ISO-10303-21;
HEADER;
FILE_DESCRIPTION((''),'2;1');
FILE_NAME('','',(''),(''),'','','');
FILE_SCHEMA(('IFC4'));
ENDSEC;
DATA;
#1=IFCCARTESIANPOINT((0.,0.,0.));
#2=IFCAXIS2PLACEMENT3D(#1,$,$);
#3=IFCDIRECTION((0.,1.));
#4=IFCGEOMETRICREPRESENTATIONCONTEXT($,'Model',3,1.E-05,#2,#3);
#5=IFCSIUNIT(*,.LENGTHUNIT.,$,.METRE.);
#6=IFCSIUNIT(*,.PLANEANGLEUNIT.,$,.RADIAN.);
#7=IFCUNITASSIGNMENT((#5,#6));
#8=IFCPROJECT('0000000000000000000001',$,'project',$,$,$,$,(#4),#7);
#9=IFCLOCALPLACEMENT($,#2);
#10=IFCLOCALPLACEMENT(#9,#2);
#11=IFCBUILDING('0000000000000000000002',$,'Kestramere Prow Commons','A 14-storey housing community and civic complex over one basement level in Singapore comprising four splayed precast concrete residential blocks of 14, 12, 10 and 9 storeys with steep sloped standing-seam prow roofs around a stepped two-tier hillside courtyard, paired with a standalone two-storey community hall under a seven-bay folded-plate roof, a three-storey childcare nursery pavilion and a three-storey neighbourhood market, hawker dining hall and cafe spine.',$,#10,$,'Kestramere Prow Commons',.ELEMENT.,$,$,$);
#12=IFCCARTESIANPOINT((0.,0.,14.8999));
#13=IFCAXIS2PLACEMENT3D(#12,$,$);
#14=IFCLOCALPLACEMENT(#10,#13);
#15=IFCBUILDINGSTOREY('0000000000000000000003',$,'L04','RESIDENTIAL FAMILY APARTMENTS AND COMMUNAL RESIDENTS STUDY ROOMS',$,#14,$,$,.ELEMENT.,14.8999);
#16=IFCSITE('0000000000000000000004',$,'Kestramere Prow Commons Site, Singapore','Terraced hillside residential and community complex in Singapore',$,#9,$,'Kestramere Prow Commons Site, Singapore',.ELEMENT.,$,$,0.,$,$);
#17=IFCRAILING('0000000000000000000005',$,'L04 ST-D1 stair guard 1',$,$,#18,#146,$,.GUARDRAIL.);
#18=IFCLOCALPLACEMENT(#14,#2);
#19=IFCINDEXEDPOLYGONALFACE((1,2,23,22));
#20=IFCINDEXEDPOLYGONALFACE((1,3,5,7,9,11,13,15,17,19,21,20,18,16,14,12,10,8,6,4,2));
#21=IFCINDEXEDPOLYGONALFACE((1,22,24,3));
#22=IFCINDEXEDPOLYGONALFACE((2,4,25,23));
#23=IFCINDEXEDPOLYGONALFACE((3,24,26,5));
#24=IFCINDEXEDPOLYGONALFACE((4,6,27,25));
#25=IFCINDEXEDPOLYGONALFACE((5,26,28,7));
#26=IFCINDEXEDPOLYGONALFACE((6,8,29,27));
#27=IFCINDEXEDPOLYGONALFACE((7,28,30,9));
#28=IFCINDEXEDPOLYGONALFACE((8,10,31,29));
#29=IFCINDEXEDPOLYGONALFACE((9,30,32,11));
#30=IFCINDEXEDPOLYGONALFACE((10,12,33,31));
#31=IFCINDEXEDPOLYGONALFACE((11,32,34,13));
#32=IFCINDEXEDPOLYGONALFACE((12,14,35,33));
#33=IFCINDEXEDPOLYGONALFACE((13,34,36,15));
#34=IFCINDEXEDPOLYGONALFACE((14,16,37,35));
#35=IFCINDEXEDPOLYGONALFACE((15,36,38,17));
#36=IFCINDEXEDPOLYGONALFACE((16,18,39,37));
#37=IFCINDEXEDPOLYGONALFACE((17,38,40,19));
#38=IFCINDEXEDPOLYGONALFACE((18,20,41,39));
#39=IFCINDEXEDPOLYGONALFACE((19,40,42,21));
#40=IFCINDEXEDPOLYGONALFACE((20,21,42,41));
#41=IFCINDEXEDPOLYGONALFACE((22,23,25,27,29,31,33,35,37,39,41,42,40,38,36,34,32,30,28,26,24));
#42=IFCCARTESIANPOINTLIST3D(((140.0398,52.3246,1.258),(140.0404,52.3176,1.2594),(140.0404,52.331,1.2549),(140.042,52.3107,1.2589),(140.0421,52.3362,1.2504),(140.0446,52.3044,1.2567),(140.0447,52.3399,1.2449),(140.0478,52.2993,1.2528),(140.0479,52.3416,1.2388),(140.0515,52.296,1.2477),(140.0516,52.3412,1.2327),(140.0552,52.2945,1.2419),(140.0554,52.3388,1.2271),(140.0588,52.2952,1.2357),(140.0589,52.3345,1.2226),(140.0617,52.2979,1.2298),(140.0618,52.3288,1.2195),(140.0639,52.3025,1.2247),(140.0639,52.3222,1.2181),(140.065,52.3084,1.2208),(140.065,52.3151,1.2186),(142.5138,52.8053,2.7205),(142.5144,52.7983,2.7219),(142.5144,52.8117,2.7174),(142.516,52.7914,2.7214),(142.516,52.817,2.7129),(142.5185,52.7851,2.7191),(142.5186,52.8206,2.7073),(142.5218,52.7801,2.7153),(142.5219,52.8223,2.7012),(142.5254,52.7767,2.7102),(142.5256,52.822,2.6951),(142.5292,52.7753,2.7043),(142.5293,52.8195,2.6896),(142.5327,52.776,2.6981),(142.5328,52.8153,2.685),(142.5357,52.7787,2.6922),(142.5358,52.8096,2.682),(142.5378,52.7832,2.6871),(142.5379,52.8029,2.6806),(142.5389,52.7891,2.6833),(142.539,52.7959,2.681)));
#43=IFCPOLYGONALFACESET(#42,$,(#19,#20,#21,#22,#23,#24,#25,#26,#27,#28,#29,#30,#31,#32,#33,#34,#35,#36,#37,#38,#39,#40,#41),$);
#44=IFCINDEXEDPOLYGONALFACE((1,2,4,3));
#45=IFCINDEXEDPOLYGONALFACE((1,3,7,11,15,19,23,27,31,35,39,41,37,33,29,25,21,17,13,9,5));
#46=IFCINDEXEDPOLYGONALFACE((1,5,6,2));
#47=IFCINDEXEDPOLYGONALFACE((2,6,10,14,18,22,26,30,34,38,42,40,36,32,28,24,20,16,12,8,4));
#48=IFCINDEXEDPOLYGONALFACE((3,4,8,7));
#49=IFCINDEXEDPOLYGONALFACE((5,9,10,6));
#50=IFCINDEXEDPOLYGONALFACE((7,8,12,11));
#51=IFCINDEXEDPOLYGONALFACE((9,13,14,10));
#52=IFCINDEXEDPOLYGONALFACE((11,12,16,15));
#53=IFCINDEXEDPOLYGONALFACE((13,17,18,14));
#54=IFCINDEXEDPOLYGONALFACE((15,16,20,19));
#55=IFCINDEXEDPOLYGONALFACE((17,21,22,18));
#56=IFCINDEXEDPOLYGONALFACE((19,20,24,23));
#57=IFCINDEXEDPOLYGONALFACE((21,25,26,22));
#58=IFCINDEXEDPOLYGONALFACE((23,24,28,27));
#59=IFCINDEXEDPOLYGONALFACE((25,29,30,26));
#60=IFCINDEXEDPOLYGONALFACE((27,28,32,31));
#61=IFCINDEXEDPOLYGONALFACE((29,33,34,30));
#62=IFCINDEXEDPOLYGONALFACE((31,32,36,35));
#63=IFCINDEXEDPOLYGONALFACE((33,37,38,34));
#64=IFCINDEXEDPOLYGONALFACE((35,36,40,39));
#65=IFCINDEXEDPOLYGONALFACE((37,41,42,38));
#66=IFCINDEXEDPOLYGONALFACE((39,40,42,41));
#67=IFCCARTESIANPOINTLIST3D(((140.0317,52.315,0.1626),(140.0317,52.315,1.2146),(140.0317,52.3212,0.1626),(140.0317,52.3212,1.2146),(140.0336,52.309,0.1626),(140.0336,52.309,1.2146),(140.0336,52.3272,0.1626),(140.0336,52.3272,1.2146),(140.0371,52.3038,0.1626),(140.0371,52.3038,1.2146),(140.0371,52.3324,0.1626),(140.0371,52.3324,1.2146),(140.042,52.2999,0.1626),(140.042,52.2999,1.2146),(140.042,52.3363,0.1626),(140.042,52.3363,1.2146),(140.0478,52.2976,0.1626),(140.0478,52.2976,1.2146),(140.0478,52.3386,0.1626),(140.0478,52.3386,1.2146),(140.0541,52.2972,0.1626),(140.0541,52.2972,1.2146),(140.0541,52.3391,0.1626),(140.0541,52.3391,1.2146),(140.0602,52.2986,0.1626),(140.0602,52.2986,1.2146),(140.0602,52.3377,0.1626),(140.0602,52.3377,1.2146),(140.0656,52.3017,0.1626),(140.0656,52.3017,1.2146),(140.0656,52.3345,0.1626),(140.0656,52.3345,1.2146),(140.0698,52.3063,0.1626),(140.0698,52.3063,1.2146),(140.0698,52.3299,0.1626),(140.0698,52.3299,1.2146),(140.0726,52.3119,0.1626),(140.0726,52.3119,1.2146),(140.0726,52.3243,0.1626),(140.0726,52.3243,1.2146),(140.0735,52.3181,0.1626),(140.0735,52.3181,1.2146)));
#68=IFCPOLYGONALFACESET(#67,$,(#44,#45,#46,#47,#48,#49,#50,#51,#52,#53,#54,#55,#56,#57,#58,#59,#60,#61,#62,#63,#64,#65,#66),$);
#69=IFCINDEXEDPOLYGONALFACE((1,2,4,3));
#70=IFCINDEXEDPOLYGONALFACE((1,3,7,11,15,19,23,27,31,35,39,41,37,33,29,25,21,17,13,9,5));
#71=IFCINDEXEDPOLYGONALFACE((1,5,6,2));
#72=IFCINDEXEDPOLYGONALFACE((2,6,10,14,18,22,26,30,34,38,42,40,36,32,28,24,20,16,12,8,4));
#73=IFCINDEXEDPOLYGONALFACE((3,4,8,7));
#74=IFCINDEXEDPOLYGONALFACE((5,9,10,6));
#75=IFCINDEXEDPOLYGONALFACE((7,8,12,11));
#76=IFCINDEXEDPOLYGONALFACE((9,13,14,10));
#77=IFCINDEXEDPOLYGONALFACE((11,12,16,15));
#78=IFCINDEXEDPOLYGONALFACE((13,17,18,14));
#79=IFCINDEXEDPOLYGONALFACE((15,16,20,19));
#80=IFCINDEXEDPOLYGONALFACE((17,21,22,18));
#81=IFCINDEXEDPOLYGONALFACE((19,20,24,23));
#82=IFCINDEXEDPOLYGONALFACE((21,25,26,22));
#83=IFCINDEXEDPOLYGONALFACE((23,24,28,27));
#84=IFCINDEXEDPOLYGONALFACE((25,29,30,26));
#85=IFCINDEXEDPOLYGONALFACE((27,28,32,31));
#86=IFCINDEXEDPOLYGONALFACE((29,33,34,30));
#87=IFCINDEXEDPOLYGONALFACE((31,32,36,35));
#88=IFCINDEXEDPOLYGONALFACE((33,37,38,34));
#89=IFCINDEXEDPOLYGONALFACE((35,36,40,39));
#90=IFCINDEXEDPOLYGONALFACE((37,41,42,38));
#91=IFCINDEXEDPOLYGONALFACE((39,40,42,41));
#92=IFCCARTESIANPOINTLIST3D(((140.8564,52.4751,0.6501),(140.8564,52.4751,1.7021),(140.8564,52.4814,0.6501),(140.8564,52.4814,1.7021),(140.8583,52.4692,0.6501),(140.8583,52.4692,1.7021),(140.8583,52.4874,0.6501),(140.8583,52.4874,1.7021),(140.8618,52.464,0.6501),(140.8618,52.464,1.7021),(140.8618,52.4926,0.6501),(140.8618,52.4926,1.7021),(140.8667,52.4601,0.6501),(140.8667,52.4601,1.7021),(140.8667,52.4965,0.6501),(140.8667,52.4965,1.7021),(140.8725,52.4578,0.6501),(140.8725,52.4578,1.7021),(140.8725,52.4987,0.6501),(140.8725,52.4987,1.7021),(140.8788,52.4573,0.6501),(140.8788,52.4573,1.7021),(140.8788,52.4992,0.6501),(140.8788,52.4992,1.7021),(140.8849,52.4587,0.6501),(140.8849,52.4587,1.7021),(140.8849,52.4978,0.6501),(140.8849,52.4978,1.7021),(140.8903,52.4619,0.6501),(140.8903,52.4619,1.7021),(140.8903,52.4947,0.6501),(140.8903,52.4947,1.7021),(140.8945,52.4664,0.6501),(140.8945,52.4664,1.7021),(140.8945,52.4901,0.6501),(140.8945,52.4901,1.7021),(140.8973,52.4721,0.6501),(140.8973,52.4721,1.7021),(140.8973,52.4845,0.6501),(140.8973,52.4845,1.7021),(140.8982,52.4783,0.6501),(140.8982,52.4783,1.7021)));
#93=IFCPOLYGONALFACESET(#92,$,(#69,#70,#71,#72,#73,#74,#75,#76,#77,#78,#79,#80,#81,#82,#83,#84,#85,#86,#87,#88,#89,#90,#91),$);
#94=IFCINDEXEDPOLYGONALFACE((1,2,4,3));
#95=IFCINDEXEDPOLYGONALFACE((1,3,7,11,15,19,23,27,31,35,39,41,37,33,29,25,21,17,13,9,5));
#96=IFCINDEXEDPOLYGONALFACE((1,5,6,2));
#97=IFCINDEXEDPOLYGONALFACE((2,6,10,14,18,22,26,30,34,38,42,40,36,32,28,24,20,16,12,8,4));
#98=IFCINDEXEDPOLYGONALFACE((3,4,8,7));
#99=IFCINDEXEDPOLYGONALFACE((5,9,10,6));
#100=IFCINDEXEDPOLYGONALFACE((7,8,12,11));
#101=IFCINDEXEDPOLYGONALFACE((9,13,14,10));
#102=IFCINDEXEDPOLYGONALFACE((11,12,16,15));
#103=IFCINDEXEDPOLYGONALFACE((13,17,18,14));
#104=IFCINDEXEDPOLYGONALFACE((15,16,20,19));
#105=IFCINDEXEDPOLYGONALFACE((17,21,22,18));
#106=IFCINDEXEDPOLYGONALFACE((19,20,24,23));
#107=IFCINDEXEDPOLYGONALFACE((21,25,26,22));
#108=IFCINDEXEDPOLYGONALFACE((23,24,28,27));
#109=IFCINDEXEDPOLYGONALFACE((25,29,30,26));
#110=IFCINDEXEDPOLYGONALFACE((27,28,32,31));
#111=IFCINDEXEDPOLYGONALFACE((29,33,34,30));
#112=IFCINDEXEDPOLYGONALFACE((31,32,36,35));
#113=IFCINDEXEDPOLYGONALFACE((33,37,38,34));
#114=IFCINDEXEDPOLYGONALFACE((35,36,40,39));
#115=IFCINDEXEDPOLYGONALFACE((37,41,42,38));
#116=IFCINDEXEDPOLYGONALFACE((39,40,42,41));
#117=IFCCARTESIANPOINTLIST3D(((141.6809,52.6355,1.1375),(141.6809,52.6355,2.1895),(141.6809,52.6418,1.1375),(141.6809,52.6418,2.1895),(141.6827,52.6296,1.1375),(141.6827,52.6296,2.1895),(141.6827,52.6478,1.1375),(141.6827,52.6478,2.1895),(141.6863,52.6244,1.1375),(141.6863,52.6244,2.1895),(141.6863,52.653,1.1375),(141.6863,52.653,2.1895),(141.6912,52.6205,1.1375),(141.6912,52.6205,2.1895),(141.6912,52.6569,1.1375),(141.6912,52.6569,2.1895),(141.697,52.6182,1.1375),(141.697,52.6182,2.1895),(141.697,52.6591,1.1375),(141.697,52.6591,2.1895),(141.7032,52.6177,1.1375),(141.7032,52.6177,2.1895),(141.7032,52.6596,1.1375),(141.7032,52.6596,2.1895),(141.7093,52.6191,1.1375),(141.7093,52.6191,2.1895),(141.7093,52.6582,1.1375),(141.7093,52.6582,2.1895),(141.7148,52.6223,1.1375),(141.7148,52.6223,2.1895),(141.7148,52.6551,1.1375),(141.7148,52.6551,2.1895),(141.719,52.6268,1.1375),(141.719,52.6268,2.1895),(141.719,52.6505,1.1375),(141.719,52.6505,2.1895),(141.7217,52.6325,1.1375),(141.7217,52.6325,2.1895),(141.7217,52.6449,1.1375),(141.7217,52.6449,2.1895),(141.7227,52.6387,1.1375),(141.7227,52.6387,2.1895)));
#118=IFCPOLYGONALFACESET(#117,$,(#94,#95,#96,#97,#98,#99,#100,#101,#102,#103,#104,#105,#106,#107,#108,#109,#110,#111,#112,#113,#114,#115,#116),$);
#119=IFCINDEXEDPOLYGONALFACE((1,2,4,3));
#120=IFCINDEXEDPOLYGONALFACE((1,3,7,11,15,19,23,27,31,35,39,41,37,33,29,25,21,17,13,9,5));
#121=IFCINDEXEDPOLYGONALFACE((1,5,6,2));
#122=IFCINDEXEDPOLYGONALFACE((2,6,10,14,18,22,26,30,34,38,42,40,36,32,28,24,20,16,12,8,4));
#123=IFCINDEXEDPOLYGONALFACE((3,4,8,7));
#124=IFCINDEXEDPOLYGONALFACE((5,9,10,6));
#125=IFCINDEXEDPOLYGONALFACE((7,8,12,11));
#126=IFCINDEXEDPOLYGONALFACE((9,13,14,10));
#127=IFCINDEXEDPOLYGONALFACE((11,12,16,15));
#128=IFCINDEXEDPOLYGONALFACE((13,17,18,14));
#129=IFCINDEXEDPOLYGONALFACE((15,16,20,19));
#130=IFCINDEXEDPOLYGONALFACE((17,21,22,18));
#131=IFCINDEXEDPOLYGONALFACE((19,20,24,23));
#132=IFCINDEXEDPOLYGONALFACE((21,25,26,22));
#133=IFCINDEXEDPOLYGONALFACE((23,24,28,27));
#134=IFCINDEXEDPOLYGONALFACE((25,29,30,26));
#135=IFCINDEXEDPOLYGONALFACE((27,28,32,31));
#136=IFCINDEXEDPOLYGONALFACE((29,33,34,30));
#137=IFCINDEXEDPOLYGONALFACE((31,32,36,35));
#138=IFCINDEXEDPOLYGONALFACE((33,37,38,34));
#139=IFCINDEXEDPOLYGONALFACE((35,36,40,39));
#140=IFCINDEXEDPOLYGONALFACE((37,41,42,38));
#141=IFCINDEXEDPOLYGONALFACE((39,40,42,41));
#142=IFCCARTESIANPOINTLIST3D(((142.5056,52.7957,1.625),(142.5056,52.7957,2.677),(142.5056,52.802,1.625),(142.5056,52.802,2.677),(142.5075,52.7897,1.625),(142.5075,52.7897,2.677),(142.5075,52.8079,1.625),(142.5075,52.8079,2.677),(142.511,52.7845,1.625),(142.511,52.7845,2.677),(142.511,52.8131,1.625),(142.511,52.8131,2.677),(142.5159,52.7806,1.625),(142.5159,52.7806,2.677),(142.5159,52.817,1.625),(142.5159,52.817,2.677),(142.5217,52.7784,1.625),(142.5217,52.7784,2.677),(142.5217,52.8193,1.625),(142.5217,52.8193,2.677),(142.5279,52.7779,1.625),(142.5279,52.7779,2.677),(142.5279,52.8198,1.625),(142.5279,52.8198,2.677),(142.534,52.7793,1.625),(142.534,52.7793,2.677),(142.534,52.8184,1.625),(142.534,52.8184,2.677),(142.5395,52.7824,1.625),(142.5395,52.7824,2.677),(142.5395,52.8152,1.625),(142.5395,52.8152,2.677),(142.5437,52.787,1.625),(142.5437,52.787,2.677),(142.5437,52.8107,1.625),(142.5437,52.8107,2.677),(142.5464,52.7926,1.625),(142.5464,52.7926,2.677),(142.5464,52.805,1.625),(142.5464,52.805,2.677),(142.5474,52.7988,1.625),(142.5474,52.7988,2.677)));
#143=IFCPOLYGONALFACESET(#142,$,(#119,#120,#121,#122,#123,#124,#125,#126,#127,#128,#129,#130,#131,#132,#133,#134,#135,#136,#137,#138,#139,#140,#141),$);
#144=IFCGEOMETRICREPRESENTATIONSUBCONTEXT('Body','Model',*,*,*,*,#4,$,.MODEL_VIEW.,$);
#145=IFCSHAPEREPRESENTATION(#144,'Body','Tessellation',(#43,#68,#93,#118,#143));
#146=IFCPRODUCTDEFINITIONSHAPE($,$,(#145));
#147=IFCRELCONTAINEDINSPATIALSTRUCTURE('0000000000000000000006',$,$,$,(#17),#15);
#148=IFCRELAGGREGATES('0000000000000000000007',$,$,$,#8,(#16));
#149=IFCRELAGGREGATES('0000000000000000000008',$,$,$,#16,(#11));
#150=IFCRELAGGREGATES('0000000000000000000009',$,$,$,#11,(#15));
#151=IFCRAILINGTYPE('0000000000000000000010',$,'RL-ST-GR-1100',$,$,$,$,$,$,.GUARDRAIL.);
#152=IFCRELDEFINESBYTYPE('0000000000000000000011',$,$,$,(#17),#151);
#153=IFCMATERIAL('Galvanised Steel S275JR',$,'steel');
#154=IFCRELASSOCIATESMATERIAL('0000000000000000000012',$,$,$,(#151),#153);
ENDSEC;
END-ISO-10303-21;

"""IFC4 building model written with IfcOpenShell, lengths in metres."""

from ifc_helpers import new_model, si_unit, direction, frame, origin, origin_2d, place, context, subcontext, project, spatial, circle, extrude, material, type_object, element, save


model = new_model("IFC4")

# Units and contexts
model_context = context("Model", 3, precision=1e-05, world=origin(), true_north=direction((0.0, 1.0)))
body_context = subcontext(model_context, "Body", "Model", "MODEL_VIEW")
ifc_project = project(units=[si_unit("LENGTHUNIT", "METRE"), si_unit("PLANEANGLEUNIT", "RADIAN")], contexts=[model_context])

# Site, building, storey
site_placement = place(None, origin())
site = spatial("IfcSite", under=ifc_project, at=site_placement, Name="Kestramere Prow Commons Site, Singapore", Description="Terraced hillside residential and community complex in Singapore", LongName="Kestramere Prow Commons Site, Singapore", CompositionType="ELEMENT", RefElevation=0.0)
building_placement = place(site_placement, origin())
building = spatial("IfcBuilding", under=site, at=building_placement, Name="Kestramere Prow Commons", Description="A 14-storey housing community and civic complex over one basement level in Singapore comprising four splayed precast concrete residential blocks of 14, 12, 10 and 9 storeys with steep sloped standing-seam prow roofs around a stepped two-tier hillside courtyard, paired with a standalone two-storey community hall under a seven-bay folded-plate roof, a three-storey childcare nursery pavilion and a three-storey neighbourhood market, hawker dining hall and cafe spine.", LongName="Kestramere Prow Commons", CompositionType="ELEMENT")
storey_placement = place(building_placement, frame((0.0, 0.0, 14.8999)))
storey = spatial("IfcBuildingStorey", under=building, at=storey_placement, Name="L04", Description="RESIDENTIAL FAMILY APARTMENTS AND COMMUNAL RESIDENTS STUDY ROOMS", CompositionType="ELEMENT", Elevation=14.8999)

# Railing
ifc_material_1 = material(Name="Galvanised Steel S275JR", Category="steel")
railing_type_1 = type_object("IfcRailingType", Name="RL-ST-GR-1100", PredefinedType="GUARDRAIL", material=ifc_material_1)
railing_1_placement = place(storey_placement, frame((140.0525, 52.3181, 0.1626)))
element("IfcRailing", 1, at=railing_1_placement, inside=storey, type_object=railing_type_1, Name="L04 ST-D1 stair guard 1", PredefinedType="GUARDRAIL", context=body_context, shape_type="SweptSolid", body=[
    extrude(circle(Radius=0.0239, at=origin_2d()), frame((0.0, 0.0, 1.0762), z_axis=(0.849044, 0.164982, 0.501902), x_axis=(-0.190748, 0.981639, 0.0)), (0.0, 0.0, 1.0), 2.9138),
    extrude(circle(Radius=0.021, at=origin_2d()), origin(), (0.0, 0.0, 1.0), 1.052),
    extrude(circle(Radius=0.021, at=origin_2d()), frame((0.8247, 0.1602, 0.4875)), (0.0, 0.0, 1.0), 1.052),
    extrude(circle(Radius=0.021, at=origin_2d()), frame((1.6492, 0.3206, 0.9749)), (0.0, 0.0, 1.0), 1.052),
    extrude(circle(Radius=0.021, at=origin_2d()), frame((2.4739, 0.4807, 1.4624)), (0.0, 0.0, 1.0), 1.052),
])

save(model, "model.ifc")
